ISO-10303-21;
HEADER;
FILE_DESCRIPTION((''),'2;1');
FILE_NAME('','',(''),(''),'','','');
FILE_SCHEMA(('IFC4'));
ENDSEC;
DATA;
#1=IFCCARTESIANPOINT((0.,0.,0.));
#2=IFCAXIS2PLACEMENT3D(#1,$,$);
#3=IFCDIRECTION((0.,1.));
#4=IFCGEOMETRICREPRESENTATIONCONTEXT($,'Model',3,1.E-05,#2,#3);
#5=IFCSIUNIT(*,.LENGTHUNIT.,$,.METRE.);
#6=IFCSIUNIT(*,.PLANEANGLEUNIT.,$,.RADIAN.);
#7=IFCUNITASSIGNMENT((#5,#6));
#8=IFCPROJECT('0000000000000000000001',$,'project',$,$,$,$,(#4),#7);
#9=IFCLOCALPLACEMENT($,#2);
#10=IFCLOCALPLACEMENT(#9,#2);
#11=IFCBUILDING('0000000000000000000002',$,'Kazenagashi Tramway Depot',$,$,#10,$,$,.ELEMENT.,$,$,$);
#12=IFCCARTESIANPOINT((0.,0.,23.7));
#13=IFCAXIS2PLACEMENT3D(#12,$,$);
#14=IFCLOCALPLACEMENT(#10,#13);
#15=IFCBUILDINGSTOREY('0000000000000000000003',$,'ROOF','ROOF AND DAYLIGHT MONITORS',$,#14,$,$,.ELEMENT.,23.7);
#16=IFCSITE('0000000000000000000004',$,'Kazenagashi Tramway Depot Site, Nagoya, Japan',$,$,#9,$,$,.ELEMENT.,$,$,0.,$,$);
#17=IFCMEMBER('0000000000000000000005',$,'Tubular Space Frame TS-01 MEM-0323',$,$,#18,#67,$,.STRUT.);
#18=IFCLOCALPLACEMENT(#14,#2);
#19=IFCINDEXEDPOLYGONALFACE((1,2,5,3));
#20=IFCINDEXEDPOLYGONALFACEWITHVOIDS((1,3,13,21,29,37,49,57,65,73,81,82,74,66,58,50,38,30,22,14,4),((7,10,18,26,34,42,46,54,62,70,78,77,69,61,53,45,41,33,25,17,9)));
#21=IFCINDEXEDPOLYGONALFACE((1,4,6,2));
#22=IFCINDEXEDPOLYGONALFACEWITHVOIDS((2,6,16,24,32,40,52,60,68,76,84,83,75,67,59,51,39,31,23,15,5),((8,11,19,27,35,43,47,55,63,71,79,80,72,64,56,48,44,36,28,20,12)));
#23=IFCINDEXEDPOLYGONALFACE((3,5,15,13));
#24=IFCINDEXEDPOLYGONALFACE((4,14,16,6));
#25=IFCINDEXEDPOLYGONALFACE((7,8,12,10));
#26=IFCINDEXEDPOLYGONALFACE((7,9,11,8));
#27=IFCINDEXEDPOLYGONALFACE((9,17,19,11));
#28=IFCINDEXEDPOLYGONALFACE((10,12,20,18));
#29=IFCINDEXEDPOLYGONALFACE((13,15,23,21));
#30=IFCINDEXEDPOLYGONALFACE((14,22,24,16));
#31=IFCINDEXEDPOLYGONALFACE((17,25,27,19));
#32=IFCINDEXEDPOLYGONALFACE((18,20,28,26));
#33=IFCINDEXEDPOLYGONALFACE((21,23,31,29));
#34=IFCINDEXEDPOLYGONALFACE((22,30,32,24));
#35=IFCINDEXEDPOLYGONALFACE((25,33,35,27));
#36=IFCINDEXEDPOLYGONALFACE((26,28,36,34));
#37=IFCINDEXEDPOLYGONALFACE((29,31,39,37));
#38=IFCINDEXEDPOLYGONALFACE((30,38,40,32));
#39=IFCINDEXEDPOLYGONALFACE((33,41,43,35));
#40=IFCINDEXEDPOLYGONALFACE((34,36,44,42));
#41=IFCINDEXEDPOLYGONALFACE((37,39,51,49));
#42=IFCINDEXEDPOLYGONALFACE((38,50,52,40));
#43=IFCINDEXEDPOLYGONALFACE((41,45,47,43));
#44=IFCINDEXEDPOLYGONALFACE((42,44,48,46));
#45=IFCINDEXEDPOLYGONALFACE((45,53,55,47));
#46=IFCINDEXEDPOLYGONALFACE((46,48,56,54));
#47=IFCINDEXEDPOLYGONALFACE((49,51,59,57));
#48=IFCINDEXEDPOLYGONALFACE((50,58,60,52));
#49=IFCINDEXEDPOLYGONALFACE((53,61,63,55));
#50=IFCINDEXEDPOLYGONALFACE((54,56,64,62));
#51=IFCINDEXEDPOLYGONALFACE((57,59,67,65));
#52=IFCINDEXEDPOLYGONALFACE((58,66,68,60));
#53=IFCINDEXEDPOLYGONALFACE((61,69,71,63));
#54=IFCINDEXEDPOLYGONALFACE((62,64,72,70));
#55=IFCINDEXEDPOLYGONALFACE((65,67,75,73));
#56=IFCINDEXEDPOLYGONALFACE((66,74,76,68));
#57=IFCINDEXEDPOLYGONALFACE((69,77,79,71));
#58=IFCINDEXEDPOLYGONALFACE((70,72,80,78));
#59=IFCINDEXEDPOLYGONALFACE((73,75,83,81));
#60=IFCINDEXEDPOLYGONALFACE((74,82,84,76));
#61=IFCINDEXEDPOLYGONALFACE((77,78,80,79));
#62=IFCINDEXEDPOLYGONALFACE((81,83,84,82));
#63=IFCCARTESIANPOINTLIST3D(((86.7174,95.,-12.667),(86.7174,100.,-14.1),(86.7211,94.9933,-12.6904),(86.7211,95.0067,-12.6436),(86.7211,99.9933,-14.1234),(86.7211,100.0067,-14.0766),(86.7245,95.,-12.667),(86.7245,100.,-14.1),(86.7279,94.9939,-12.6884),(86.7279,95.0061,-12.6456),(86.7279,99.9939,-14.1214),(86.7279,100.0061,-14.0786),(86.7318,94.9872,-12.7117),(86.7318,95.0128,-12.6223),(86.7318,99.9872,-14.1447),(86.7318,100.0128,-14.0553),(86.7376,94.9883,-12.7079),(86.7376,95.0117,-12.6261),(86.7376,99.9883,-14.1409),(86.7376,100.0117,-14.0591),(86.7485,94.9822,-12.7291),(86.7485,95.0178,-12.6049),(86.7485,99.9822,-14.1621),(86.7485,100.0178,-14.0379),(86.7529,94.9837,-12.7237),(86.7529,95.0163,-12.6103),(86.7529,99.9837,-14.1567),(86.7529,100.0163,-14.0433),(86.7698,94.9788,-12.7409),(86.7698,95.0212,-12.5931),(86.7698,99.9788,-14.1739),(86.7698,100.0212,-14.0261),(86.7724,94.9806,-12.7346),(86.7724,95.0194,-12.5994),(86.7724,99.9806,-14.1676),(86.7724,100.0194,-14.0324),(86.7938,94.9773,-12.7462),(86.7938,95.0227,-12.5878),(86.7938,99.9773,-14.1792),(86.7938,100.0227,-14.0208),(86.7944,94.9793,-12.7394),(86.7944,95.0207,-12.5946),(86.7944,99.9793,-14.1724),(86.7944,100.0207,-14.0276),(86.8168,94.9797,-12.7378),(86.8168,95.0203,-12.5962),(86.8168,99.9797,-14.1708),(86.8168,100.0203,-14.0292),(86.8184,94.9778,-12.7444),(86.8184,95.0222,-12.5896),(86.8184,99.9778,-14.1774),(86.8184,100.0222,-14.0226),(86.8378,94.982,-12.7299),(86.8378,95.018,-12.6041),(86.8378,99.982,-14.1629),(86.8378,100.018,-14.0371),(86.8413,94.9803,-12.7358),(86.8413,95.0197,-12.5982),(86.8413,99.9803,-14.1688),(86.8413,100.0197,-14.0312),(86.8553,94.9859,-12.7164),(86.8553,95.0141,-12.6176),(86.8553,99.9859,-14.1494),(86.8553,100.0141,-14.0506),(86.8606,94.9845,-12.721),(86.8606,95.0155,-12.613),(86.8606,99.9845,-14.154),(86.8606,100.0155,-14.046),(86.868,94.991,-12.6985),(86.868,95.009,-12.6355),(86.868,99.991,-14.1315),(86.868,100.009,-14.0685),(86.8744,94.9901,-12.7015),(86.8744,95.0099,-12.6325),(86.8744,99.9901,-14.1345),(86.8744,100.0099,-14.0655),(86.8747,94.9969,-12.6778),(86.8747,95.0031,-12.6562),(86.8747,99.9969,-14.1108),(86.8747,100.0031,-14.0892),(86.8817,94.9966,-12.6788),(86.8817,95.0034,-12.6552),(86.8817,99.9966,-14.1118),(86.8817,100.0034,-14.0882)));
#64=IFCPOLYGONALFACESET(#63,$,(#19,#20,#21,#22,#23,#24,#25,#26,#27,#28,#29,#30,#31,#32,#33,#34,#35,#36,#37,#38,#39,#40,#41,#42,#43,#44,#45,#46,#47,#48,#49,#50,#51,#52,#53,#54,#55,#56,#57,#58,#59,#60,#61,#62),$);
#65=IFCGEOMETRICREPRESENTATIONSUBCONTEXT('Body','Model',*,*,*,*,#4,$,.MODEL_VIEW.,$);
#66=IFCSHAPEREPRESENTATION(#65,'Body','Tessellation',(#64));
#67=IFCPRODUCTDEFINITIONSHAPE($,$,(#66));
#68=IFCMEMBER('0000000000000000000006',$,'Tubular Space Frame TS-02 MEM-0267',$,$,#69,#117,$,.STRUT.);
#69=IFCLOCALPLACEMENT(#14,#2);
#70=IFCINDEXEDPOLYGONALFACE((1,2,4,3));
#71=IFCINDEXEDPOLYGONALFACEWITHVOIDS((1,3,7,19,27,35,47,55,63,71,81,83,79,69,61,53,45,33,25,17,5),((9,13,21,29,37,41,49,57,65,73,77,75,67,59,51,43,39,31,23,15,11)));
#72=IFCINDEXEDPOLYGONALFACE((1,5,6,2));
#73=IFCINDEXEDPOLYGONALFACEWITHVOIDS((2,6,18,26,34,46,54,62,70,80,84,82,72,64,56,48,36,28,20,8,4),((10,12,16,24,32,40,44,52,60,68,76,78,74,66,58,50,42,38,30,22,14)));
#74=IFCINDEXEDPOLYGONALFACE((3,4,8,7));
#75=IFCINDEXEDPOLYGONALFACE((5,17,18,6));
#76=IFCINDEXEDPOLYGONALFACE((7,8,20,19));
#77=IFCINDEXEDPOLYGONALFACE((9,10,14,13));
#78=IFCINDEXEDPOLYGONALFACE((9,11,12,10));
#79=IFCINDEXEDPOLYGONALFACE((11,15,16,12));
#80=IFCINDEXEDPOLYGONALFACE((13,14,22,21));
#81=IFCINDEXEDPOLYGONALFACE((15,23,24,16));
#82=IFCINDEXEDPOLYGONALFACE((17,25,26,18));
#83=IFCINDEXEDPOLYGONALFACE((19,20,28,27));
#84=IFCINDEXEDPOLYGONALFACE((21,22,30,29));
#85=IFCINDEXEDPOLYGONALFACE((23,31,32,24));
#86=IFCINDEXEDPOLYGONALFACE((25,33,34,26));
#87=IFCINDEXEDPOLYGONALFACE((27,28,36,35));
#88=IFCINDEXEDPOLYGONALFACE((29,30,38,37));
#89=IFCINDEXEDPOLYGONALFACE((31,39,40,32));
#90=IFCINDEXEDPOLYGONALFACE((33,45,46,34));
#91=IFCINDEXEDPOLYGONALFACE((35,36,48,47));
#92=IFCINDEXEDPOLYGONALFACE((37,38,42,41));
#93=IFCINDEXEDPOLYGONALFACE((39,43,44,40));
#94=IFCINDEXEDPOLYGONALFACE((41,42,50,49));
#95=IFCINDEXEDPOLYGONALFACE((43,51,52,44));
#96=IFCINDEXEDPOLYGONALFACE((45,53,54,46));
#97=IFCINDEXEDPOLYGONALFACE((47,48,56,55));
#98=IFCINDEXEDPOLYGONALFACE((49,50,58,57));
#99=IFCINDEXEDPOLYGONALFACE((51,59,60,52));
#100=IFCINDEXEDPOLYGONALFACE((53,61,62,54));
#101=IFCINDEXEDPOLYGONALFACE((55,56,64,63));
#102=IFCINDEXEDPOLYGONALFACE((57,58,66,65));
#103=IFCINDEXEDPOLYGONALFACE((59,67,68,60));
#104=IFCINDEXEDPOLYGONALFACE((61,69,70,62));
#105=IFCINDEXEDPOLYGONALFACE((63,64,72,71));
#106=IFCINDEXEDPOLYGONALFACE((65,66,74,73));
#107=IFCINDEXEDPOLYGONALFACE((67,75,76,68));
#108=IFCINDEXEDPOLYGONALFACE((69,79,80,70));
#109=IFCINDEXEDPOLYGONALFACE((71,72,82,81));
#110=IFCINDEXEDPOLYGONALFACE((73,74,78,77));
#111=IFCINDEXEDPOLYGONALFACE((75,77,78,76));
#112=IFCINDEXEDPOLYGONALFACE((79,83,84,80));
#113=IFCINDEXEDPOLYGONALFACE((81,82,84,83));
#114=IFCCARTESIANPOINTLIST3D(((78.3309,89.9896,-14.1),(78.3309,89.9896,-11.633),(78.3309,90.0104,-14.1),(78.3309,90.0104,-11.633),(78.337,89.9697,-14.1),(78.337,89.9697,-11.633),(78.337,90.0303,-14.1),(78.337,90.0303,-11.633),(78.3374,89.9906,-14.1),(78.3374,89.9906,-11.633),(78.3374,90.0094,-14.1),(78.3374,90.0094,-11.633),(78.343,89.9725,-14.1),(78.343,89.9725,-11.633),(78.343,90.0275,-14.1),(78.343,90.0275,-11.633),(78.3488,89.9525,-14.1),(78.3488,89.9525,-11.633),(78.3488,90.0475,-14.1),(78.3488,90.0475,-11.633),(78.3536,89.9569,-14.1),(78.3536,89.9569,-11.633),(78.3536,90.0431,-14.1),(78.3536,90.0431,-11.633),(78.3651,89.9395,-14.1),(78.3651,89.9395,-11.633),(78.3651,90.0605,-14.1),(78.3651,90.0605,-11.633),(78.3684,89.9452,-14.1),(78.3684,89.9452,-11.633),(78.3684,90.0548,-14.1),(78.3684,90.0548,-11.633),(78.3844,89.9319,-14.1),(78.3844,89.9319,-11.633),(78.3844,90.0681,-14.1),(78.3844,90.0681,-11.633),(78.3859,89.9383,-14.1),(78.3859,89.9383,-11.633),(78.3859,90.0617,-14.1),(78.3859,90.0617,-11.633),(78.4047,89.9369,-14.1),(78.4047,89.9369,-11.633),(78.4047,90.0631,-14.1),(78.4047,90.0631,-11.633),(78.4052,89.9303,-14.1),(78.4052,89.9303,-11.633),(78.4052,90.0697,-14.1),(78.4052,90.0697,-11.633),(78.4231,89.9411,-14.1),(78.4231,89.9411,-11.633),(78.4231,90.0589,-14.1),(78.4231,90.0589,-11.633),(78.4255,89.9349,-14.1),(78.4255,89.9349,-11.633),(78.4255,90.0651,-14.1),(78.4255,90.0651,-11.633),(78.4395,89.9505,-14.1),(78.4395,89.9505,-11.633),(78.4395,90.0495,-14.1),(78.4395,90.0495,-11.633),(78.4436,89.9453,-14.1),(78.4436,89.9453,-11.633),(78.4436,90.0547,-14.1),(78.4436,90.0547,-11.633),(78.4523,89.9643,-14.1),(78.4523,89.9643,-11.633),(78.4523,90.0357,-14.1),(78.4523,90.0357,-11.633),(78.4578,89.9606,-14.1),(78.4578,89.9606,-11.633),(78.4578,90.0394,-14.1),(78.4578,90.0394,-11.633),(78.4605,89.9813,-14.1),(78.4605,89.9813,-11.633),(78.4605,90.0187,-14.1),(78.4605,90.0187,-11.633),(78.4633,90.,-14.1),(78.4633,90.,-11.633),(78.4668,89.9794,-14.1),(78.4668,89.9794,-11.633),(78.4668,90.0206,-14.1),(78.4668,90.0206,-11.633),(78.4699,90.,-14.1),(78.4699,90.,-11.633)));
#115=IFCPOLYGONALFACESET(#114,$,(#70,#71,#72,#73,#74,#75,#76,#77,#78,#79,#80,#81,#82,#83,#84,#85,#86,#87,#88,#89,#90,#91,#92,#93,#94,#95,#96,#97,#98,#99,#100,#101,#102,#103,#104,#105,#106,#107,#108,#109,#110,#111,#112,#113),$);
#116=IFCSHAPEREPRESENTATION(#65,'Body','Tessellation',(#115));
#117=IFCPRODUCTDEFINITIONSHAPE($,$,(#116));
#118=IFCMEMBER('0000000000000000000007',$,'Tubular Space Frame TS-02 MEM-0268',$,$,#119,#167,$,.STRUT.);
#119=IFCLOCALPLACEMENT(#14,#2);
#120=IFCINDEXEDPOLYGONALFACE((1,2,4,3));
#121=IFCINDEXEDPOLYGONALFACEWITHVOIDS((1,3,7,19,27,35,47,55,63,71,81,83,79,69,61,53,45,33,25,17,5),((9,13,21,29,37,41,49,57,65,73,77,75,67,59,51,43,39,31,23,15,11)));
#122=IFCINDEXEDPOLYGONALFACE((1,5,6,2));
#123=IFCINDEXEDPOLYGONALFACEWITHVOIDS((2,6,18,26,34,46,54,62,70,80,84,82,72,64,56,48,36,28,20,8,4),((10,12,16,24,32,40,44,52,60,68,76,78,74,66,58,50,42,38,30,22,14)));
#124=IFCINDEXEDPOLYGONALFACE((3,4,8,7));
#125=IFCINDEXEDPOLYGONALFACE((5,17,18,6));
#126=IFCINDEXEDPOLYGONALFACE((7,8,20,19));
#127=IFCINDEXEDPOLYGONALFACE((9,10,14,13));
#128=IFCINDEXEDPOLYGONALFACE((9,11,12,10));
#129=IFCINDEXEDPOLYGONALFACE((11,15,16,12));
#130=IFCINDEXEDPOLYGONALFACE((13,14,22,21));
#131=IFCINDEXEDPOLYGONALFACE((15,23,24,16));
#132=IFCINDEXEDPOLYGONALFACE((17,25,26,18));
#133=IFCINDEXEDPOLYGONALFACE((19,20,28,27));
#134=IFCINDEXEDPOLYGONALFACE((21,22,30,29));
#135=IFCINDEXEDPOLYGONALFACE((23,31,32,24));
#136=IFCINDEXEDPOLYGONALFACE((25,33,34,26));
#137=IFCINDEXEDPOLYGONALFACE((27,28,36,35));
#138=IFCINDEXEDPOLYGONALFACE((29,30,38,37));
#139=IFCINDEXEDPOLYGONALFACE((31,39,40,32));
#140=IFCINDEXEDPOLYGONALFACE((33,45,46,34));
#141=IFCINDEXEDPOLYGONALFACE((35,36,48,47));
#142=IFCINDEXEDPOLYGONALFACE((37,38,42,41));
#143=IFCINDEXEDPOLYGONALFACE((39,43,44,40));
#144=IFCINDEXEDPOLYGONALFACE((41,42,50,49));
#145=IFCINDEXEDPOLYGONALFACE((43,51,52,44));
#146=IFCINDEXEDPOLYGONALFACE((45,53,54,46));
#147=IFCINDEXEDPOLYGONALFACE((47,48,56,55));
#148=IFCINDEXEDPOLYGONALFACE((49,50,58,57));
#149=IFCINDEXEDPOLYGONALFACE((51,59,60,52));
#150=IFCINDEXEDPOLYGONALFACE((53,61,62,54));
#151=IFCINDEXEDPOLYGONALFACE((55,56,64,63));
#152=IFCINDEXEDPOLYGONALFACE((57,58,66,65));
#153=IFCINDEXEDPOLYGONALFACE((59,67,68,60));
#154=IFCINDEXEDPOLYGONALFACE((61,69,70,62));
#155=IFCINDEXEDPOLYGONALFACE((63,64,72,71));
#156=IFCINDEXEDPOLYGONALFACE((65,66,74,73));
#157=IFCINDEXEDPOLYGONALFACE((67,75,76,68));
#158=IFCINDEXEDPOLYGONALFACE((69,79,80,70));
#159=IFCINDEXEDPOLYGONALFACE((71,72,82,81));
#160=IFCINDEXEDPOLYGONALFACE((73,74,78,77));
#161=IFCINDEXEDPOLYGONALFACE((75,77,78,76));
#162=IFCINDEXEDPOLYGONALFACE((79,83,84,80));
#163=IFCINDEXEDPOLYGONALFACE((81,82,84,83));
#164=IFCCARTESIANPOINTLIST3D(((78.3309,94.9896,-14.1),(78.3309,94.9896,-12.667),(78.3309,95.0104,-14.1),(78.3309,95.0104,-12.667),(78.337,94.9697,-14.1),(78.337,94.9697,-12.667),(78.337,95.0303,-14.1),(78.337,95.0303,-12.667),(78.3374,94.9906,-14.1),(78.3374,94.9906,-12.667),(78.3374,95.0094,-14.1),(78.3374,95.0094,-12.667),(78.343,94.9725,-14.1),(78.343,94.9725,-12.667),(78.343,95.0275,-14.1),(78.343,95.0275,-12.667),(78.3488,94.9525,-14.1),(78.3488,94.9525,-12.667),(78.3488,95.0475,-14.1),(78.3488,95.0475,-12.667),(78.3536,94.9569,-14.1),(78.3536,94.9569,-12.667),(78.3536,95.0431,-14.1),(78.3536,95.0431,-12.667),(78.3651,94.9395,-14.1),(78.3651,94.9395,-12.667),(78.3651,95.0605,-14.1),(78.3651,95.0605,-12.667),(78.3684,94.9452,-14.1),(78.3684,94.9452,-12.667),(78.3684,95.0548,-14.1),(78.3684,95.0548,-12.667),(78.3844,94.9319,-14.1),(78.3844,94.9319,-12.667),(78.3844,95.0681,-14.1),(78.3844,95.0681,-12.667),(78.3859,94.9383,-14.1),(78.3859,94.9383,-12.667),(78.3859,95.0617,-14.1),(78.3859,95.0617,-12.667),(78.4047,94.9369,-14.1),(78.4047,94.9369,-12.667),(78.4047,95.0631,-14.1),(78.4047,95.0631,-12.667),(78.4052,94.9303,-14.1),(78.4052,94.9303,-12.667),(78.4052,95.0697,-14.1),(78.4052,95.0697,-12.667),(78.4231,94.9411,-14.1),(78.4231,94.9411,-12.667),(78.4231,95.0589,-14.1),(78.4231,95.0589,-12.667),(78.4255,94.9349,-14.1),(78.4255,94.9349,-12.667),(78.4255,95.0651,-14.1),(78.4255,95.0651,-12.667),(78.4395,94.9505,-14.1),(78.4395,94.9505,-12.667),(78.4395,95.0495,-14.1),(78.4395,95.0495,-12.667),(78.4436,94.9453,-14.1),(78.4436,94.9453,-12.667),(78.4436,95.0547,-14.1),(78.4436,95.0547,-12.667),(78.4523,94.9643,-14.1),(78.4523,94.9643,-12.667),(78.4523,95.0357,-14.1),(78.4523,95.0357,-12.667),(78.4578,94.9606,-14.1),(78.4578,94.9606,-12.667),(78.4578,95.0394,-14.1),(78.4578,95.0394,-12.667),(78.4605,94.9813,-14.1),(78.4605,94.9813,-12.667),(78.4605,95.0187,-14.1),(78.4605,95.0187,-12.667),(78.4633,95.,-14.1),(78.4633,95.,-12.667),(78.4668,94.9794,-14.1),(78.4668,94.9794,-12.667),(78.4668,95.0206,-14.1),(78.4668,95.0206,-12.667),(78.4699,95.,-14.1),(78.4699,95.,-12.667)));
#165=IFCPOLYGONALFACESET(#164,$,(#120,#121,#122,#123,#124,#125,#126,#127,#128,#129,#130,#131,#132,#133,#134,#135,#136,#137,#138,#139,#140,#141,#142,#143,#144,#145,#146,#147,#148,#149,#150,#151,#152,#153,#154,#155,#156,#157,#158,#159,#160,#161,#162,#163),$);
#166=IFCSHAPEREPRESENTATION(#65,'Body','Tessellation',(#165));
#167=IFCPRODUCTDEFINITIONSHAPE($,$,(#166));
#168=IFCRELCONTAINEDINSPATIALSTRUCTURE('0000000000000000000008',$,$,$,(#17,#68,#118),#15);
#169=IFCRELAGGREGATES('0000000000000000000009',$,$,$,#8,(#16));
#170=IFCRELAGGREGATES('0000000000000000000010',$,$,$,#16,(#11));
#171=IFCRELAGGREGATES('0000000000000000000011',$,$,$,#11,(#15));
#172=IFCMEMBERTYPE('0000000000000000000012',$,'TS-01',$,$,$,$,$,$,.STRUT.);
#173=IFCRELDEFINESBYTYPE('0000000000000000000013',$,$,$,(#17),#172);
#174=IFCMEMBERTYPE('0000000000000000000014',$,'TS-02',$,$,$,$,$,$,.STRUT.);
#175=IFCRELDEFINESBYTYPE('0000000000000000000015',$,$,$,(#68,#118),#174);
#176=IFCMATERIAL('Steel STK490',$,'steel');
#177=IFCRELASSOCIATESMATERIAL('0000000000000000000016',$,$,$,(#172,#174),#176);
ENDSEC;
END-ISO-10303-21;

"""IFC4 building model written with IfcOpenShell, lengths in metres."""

from ifc_helpers import new_model, si_unit, direction, frame, origin, origin_2d, place, context, subcontext, project, spatial, hollow_circle, extrude, material, material_profile, profile_set, type_object, element, save


model = new_model("IFC4")

# Units and contexts
model_context = context("Model", 3, precision=1e-05, world=origin(), true_north=direction((0.0, 1.0)))
body_context = subcontext(model_context, "Body", "Model", "MODEL_VIEW")
ifc_project = project(units=[si_unit("LENGTHUNIT", "METRE"), si_unit("PLANEANGLEUNIT", "RADIAN")], contexts=[model_context])

# Site, building, storey
site_placement = place(None, origin())
site = spatial("IfcSite", under=ifc_project, at=site_placement, Name="Kazenagashi Tramway Depot Site, Nagoya, Japan", CompositionType="ELEMENT", RefElevation=0.0)
building_placement = place(site_placement, origin())
building = spatial("IfcBuilding", under=site, at=building_placement, Name="Kazenagashi Tramway Depot", CompositionType="ELEMENT")
storey_placement = place(building_placement, frame((0.0, 0.0, 23.7)))
storey = spatial("IfcBuildingStorey", under=building, at=storey_placement, Name="ROOF", Description="ROOF AND DAYLIGHT MONITORS", CompositionType="ELEMENT", Elevation=23.7)

# Members
ifc_material_1 = material(Name="Steel STK490", Category="steel")
ifc_material_profile_1 = material_profile(ifc_material_1, hollow_circle(Radius=0.0826, WallThickness=0.0071, at=origin_2d()), Name="CHS-165.2x7.1")
ifc_profile_set_1 = profile_set([ifc_material_profile_1], Name="Steel STK490")
member_type_1 = type_object("IfcMemberType", Name="TS-01", PredefinedType="STRUT", material=ifc_profile_set_1)
member_1_placement = place(storey_placement, frame((86.8, 95.0, -12.667), z_axis=(0.0, 0.961299, -0.275508), x_axis=(-1.0, 0.0, 0.0)))
element("IfcMember", 1, at=member_1_placement, inside=storey, type_object=member_type_1, Name="Tubular Space Frame TS-01 MEM-0323", PredefinedType="STRUT", context=body_context, shape_type="SweptSolid", body=[
    extrude(hollow_circle(Radius=0.0826, WallThickness=0.0071, at=origin_2d()), origin(), (0.0, 0.0, 1.0), 5.2013),
])
ifc_material_profile_2 = material_profile(ifc_material_1, hollow_circle(Radius=0.0699, WallThickness=0.0066, at=origin_2d()), Name="CHS-139.8x6.6")
ifc_profile_set_2 = profile_set([ifc_material_profile_2], Name="Steel STK490")
member_type_2 = type_object("IfcMemberType", Name="TS-02", PredefinedType="STRUT", material=ifc_profile_set_2)
member_2_placement = place(storey_placement, frame((78.4, 90.0, -14.1), z_axis=(0.0, 0.0, 1.0), x_axis=(1.0, 0.0, 0.0)))
element("IfcMember", 2, at=member_2_placement, inside=storey, type_object=member_type_2, Name="Tubular Space Frame TS-02 MEM-0267", PredefinedType="STRUT", context=body_context, shape_type="SweptSolid", body=[
    extrude(hollow_circle(Radius=0.0699, WallThickness=0.0066, at=origin_2d()), origin(), (0.0, 0.0, 1.0), 2.467),
])
member_3_placement = place(storey_placement, frame((78.4, 95.0, -14.1), z_axis=(0.0, 0.0, 1.0), x_axis=(1.0, 0.0, 0.0)))
element("IfcMember", 3, at=member_3_placement, inside=storey, type_object=member_type_2, Name="Tubular Space Frame TS-02 MEM-0268", PredefinedType="STRUT", context=body_context, shape_type="SweptSolid", body=[
    extrude(hollow_circle(Radius=0.0699, WallThickness=0.0066, at=origin_2d()), origin(), (0.0, 0.0, 1.0), 1.433),
])

save(model, "model.ifc")
